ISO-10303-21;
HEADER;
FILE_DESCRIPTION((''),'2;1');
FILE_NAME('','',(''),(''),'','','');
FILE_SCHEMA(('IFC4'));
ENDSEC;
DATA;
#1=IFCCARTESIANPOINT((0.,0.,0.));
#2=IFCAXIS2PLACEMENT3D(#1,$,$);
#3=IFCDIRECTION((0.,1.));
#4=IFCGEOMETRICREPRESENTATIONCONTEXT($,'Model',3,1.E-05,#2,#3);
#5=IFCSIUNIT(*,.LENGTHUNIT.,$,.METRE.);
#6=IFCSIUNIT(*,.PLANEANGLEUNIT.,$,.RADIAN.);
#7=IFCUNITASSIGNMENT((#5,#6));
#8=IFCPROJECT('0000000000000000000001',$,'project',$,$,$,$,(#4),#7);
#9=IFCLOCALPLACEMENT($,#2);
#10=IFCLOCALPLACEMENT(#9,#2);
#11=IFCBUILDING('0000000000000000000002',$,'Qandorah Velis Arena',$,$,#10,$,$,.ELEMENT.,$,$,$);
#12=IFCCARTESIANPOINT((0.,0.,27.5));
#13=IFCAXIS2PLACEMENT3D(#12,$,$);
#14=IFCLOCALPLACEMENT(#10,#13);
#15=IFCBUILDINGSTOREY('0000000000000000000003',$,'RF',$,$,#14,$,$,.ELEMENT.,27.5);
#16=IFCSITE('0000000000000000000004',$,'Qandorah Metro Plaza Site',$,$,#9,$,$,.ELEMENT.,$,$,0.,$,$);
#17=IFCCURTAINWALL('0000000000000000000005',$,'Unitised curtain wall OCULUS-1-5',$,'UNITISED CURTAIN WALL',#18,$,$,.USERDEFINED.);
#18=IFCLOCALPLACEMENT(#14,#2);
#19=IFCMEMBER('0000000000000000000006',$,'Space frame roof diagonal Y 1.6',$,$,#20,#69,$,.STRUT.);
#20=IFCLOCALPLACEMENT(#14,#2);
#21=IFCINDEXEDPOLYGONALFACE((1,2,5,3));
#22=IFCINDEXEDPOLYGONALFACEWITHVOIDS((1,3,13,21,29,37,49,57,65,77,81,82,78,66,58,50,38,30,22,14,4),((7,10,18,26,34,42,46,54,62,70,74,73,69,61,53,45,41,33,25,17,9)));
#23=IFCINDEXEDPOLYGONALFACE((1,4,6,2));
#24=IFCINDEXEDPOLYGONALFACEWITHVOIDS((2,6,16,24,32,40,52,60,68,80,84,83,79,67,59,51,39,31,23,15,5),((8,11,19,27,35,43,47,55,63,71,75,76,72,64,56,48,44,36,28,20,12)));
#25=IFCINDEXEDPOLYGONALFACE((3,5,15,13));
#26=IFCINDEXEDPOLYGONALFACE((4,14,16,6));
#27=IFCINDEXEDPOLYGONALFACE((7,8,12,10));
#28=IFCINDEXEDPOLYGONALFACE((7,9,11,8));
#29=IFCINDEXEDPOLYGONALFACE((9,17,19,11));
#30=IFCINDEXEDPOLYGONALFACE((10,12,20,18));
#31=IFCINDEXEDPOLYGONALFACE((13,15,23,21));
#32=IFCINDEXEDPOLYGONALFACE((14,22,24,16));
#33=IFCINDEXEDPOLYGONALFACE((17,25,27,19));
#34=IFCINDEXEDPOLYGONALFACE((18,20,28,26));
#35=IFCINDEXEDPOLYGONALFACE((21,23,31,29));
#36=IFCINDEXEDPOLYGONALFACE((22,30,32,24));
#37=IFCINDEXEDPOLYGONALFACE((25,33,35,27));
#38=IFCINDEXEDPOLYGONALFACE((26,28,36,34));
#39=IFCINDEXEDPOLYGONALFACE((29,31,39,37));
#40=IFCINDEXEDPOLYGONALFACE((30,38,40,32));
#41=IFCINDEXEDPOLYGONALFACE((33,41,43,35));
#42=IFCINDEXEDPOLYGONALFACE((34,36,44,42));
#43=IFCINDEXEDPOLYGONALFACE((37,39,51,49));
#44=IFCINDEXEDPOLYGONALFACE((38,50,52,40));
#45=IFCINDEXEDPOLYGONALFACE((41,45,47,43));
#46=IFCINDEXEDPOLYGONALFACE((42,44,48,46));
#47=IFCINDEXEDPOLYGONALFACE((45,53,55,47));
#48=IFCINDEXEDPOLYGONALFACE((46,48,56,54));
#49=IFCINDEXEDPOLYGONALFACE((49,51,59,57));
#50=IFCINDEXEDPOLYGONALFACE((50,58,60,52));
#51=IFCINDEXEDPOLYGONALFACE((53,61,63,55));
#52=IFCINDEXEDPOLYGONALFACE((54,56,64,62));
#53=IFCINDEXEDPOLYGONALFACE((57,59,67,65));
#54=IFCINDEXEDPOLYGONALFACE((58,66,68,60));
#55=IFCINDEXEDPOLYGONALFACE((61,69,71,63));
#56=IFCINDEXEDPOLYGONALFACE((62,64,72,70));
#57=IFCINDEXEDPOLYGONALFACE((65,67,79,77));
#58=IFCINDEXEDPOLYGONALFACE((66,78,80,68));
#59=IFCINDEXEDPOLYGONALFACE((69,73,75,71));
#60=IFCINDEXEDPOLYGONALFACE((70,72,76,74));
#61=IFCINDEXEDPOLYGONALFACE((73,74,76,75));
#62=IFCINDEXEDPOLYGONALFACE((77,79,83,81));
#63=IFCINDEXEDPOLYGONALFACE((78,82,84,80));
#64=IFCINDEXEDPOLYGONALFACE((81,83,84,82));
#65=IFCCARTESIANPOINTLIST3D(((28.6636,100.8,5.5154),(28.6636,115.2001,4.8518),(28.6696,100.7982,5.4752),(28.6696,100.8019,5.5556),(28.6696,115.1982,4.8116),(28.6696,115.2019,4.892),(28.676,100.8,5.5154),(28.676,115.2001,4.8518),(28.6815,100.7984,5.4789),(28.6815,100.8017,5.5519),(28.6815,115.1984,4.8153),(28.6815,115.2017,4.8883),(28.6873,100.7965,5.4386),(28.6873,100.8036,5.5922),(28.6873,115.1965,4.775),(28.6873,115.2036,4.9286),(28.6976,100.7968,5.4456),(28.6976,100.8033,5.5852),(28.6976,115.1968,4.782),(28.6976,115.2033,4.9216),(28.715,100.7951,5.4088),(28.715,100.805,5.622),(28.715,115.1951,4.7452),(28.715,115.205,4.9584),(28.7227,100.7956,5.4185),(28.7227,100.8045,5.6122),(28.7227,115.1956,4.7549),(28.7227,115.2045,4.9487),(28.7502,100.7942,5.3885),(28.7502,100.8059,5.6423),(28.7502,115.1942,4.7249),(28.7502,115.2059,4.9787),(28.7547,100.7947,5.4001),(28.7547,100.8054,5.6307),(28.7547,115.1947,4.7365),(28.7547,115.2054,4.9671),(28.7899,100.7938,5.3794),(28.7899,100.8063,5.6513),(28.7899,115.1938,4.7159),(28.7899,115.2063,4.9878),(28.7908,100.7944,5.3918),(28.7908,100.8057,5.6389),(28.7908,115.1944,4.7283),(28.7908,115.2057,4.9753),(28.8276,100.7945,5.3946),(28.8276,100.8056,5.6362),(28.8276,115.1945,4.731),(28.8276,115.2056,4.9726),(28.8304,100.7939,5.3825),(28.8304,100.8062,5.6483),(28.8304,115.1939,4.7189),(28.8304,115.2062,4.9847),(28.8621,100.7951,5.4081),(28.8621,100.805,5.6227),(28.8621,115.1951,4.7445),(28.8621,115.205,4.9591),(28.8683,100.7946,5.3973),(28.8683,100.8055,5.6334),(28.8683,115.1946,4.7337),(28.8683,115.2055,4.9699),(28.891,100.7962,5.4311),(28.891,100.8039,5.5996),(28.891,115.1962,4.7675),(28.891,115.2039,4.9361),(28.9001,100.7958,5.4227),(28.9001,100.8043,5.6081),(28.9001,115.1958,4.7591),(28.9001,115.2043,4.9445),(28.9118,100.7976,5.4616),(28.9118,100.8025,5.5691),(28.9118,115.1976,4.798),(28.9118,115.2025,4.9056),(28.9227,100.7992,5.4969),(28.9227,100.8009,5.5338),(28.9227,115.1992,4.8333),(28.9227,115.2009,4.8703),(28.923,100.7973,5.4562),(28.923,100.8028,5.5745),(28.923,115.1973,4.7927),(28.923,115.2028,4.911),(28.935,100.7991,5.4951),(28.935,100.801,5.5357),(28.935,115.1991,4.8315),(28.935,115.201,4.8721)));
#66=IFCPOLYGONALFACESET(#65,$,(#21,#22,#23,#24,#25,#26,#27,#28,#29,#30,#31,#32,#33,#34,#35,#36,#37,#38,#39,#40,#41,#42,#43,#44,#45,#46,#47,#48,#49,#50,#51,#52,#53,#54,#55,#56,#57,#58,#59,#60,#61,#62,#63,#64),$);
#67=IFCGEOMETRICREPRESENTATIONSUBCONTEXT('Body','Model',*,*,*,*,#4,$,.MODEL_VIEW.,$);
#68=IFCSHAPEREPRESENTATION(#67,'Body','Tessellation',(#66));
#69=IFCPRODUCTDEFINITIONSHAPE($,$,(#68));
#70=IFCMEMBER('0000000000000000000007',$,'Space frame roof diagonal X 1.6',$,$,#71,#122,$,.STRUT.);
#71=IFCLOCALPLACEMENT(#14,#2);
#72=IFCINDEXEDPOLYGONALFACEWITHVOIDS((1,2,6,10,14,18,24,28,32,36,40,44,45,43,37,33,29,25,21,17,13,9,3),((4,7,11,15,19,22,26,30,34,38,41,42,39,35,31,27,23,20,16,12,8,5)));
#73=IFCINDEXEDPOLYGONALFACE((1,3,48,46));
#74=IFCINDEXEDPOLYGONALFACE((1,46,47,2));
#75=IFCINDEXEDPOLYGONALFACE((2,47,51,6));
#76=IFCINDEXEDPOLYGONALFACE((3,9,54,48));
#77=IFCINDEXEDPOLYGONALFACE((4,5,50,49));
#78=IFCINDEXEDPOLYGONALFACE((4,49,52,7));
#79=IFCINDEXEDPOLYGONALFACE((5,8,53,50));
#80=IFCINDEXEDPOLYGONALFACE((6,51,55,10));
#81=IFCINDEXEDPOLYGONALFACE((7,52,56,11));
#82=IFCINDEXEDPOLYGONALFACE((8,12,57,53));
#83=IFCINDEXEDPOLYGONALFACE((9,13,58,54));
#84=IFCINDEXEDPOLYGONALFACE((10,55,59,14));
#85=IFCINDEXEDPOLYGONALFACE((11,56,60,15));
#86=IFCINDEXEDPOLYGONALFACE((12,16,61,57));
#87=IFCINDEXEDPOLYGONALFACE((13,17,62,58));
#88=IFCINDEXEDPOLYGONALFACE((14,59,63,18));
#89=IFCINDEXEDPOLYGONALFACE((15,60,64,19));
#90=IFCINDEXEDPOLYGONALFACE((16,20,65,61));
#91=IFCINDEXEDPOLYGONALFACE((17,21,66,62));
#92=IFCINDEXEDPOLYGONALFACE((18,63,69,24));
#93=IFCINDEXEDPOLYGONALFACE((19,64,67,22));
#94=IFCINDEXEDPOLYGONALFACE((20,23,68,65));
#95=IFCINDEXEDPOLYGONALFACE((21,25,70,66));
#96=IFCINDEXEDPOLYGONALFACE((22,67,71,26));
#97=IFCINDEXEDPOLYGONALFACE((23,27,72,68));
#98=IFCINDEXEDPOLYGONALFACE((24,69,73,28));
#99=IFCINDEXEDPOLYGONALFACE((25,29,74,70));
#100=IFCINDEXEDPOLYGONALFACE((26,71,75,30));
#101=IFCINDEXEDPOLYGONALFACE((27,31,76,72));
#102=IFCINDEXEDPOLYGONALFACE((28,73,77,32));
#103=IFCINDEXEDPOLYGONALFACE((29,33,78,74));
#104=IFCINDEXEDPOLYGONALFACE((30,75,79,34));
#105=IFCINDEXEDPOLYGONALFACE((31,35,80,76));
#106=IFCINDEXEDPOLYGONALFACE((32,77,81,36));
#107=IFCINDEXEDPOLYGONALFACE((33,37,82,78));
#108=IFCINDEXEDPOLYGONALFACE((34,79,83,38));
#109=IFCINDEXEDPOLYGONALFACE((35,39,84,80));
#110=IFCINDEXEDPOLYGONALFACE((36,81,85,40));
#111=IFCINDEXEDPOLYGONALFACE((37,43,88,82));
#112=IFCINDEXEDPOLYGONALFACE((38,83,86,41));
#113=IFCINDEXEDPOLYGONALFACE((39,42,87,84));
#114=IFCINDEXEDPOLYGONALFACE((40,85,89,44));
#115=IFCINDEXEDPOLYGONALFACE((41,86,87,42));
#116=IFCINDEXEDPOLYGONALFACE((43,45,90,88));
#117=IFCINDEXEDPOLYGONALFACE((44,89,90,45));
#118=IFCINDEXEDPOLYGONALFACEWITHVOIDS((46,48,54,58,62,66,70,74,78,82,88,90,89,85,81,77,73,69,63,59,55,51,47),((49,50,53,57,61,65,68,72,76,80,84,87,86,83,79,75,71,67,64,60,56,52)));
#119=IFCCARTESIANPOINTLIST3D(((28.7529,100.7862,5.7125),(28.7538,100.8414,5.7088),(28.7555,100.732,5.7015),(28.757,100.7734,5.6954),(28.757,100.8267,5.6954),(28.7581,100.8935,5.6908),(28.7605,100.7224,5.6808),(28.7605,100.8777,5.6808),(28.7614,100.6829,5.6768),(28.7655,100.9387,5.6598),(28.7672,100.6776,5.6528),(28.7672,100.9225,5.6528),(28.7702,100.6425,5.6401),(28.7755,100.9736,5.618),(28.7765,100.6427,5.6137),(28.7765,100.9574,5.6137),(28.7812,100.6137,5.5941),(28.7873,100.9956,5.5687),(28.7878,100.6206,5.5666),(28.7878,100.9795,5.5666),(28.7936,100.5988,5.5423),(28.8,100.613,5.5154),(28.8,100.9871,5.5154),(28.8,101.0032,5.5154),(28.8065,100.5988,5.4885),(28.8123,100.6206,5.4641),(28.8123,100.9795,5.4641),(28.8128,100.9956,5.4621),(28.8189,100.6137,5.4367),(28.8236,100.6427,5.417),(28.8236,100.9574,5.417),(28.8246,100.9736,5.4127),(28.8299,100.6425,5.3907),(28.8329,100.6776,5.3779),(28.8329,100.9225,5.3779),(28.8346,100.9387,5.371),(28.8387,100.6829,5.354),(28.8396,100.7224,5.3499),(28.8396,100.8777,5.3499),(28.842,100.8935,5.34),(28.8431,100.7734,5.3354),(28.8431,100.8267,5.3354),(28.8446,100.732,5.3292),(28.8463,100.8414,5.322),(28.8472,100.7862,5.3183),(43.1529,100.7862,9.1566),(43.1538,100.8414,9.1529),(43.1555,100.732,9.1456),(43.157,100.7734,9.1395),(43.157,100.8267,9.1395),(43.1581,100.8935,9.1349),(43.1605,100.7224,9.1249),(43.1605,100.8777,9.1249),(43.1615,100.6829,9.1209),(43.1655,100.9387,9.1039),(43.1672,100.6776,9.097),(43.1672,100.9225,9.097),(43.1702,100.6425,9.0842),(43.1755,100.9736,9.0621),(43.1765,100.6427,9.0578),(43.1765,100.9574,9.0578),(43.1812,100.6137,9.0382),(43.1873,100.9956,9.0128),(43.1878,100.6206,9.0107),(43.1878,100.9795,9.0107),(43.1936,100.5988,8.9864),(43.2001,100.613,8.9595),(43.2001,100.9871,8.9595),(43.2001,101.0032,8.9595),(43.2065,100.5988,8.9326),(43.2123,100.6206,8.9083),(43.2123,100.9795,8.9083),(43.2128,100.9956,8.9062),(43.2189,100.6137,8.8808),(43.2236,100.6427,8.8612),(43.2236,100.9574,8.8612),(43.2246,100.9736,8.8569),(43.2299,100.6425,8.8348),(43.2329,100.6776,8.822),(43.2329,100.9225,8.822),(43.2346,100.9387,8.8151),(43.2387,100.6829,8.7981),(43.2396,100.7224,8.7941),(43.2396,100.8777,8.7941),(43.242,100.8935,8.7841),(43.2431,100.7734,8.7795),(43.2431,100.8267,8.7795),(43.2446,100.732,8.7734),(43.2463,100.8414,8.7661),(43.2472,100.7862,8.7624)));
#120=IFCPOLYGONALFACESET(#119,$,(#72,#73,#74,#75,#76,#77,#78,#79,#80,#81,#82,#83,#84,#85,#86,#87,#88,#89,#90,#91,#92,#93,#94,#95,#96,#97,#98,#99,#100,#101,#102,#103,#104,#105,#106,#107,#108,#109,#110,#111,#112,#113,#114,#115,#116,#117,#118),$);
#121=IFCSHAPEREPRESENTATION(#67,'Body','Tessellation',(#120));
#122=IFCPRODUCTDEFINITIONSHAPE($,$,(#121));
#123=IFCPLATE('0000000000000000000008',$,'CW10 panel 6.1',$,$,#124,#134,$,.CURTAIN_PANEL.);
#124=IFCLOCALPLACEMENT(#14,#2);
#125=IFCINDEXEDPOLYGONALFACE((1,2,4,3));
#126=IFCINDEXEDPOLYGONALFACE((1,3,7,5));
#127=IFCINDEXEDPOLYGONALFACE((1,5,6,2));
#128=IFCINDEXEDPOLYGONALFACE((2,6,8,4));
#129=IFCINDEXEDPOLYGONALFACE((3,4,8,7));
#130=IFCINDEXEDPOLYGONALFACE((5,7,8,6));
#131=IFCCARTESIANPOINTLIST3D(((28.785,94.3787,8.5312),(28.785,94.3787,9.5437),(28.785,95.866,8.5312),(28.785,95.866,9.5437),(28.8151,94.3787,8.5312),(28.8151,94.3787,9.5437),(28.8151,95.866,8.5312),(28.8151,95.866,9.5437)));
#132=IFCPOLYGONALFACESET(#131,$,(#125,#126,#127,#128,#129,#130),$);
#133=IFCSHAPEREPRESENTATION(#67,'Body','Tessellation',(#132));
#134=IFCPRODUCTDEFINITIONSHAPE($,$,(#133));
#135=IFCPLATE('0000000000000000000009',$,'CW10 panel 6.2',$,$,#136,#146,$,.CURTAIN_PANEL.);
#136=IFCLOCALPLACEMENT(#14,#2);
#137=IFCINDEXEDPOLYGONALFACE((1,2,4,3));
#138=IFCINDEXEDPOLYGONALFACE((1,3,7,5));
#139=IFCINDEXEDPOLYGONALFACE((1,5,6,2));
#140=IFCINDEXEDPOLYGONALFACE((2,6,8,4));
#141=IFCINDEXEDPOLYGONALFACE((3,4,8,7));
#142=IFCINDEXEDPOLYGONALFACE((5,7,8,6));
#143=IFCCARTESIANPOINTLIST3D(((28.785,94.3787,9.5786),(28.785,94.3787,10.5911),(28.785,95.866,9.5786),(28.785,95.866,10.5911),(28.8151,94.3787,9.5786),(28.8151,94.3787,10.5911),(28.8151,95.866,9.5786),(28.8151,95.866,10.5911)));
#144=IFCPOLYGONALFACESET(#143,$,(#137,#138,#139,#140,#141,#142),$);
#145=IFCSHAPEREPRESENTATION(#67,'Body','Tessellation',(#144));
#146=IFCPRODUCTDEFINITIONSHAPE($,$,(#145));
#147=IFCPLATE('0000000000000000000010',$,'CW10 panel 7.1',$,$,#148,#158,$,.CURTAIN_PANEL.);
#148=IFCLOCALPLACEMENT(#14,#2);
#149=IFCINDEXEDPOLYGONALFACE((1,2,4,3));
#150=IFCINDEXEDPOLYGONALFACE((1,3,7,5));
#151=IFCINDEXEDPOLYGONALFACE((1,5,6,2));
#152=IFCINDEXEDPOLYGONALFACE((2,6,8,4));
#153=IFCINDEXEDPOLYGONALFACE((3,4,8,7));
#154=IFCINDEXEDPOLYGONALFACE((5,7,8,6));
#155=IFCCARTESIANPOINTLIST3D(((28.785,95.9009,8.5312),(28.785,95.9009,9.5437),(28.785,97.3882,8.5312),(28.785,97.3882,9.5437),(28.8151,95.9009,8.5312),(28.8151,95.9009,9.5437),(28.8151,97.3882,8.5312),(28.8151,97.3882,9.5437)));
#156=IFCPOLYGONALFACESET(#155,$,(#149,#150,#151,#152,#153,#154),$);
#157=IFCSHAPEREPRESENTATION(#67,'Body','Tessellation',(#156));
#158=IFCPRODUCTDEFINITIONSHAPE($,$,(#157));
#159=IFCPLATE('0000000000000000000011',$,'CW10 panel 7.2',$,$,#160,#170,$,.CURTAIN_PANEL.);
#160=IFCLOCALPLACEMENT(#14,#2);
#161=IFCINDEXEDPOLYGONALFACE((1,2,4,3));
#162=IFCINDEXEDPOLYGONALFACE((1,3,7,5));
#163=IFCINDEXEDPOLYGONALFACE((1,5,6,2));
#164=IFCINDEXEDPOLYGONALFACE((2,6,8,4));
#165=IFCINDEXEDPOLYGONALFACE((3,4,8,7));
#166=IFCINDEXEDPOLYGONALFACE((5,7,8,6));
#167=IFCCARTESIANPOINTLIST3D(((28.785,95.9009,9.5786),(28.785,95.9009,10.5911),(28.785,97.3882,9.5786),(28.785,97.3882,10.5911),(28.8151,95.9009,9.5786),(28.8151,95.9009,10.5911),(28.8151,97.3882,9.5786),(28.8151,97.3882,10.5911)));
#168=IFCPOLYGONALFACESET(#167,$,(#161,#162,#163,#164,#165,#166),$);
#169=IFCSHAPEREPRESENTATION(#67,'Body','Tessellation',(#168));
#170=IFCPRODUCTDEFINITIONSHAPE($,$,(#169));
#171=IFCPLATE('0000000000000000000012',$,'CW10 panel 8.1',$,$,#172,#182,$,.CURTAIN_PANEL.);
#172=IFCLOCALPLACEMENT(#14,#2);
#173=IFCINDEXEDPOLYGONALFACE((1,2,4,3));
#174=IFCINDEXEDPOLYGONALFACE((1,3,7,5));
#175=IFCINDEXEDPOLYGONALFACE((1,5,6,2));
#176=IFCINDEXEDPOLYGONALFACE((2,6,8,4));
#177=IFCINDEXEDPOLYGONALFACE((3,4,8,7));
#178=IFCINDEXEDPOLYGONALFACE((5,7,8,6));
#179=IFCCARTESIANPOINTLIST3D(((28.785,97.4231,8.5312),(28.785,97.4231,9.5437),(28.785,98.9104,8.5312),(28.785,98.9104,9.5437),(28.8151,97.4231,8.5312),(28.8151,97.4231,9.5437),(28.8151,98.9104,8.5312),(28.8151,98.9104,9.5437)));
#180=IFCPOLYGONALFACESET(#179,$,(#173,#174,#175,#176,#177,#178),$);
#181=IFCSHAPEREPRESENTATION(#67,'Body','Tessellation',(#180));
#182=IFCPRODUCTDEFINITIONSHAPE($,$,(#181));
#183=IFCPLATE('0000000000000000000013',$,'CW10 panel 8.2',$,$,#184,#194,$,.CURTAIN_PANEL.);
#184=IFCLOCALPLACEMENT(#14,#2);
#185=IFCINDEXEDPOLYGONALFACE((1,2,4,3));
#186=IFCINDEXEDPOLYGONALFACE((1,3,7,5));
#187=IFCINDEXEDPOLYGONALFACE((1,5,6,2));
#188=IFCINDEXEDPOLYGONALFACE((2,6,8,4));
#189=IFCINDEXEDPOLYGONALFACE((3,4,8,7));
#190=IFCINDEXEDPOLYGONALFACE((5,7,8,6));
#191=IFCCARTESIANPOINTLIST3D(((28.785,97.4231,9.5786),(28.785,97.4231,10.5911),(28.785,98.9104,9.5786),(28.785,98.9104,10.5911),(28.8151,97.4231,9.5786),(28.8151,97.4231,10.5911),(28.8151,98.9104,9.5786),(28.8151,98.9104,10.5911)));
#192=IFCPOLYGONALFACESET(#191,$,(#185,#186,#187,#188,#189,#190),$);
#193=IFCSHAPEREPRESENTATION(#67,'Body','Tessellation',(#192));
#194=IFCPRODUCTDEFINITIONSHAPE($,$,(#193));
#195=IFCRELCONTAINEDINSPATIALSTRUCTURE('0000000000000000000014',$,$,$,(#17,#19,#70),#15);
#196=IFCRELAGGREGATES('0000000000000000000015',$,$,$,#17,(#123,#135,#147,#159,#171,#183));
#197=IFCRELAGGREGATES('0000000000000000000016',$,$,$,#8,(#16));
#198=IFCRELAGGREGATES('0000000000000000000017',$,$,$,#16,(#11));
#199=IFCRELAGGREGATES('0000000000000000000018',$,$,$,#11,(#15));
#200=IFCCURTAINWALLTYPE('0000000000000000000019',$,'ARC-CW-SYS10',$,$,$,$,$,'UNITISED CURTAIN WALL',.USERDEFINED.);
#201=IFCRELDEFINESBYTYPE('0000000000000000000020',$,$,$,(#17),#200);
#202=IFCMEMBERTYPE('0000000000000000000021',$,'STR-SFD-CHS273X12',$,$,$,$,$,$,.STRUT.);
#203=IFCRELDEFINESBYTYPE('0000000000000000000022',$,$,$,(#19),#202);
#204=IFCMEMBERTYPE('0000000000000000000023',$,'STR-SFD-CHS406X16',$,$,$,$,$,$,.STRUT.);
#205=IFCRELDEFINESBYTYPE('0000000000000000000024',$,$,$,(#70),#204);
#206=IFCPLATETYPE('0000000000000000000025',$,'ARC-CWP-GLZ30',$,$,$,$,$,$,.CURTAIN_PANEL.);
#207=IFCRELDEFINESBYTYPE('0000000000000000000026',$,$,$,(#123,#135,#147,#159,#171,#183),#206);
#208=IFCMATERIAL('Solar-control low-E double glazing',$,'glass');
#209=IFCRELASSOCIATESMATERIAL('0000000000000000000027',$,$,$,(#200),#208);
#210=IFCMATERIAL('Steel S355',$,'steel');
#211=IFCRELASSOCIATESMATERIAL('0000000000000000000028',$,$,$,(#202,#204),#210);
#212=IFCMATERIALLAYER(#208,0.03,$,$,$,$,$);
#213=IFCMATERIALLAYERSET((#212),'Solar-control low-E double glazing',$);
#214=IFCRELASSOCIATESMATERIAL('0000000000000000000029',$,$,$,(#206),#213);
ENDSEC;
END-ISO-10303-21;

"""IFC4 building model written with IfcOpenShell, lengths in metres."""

from ifc_helpers import new_model, si_unit, direction, frame, origin, origin_2d, place, context, subcontext, project, spatial, rectangle, hollow_circle, extrude, material, layer, layer_set, material_profile, profile_set, type_object, element, aggregate, save


model = new_model("IFC4")

# Units and contexts
model_context = context("Model", 3, precision=1e-05, world=origin(), true_north=direction((0.0, 1.0)))
body_context = subcontext(model_context, "Body", "Model", "MODEL_VIEW")
ifc_project = project(units=[si_unit("LENGTHUNIT", "METRE"), si_unit("PLANEANGLEUNIT", "RADIAN")], contexts=[model_context])

# Site, building, storey
site_placement = place(None, origin())
site = spatial("IfcSite", under=ifc_project, at=site_placement, Name="Qandorah Metro Plaza Site", CompositionType="ELEMENT", RefElevation=0.0)
building_placement = place(site_placement, origin())
building = spatial("IfcBuilding", under=site, at=building_placement, Name="Qandorah Velis Arena", CompositionType="ELEMENT")
storey_placement = place(building_placement, frame((0.0, 0.0, 27.5)))
storey = spatial("IfcBuildingStorey", under=building, at=storey_placement, Name="RF", CompositionType="ELEMENT", Elevation=27.5)

# Curtain wall
ifc_material_1 = material(Name="Solar-control low-E double glazing", Category="glass")
curtain_wall_type_1 = type_object("IfcCurtainWallType", Name="ARC-CW-SYS10", ElementType="UNITISED CURTAIN WALL", PredefinedType="USERDEFINED", material=ifc_material_1)
curtain_wall_1_placement = place(storey_placement, origin())
curtain_wall_1 = element("IfcCurtainWall", 1, at=curtain_wall_1_placement, inside=storey, type_object=curtain_wall_type_1, Name="Unitised curtain wall OCULUS-1-5", ObjectType="UNITISED CURTAIN WALL", PredefinedType="USERDEFINED")

# Shared definitions
ifc_material_2 = material(Name="Steel S355", Category="steel")

# Members
ifc_material_profile_1 = material_profile(ifc_material_2, hollow_circle(Radius=0.1365, WallThickness=0.0125, at=origin_2d()), Name="CHS 273x12.5")
ifc_profile_set_1 = profile_set([ifc_material_profile_1], Name="Steel S355")
member_type_1 = type_object("IfcMemberType", Name="STR-SFD-CHS273X12", PredefinedType="STRUT", material=ifc_profile_set_1)
member_1_placement = place(storey_placement, frame((28.8, 100.8, 5.5154), z_axis=(0.0, 0.99894, -0.046033), x_axis=(-1.0, 0.0, 0.0)))
element("IfcMember", 2, at=member_1_placement, inside=storey, type_object=member_type_1, Name="Space frame roof diagonal Y 1.6", PredefinedType="STRUT", context=body_context, shape_type="SweptSolid", body=[
    extrude(hollow_circle(Radius=0.1365, WallThickness=0.0125, at=origin_2d()), origin(), (0.0, 0.0, 1.0), 14.4153),
])
ifc_material_profile_2 = material_profile(ifc_material_2, hollow_circle(Radius=0.2031, WallThickness=0.0161, at=origin_2d()), Name="CHS 406.4x16")
ifc_profile_set_2 = profile_set([ifc_material_profile_2], Name="Steel S355")
member_type_2 = type_object("IfcMemberType", Name="STR-SFD-CHS406X16", PredefinedType="STRUT", material=ifc_profile_set_2)
member_2_placement = place(storey_placement, frame((28.8, 100.8, 5.5154), z_axis=(0.972569, 0.0, 0.232614), x_axis=(0.0, 1.0, 0.0)))
element("IfcMember", 3, at=member_2_placement, inside=storey, type_object=member_type_2, Name="Space frame roof diagonal X 1.6", PredefinedType="STRUT", context=body_context, shape_type="SweptSolid", body=[
    extrude(hollow_circle(Radius=0.2031, WallThickness=0.0161, at=origin_2d()), origin(), (0.0, 0.0, 1.0), 14.8062),
])

# Plates
ifc_layer = layer(ifc_material_1, 0.03)
ifc_layer_set = layer_set([ifc_layer], Name="Solar-control low-E double glazing")
plate_type = type_object("IfcPlateType", Name="ARC-CWP-GLZ30", PredefinedType="CURTAIN_PANEL", material=ifc_layer_set)
plate_1_placement = place(storey_placement, frame((28.8, 95.1223, 8.5312), z_axis=(0.0, 0.0, 1.0), x_axis=(0.0, 1.0, 0.0)))
plate_1 = element("IfcPlate", 4, at=plate_1_placement, type_object=plate_type, Name="CW10 panel 6.1", PredefinedType="CURTAIN_PANEL", context=body_context, shape_type="SweptSolid", body=[
    extrude(rectangle(XDim=1.4873, YDim=0.03, at=origin_2d()), origin(), (0.0, 0.0, 1.0), 1.0125),
])
plate_2_placement = place(storey_placement, frame((28.8, 95.1223, 9.5786), z_axis=(0.0, 0.0, 1.0), x_axis=(0.0, 1.0, 0.0)))
plate_2 = element("IfcPlate", 5, at=plate_2_placement, type_object=plate_type, Name="CW10 panel 6.2", PredefinedType="CURTAIN_PANEL", context=body_context, shape_type="SweptSolid", body=[
    extrude(rectangle(XDim=1.4873, YDim=0.03, at=origin_2d()), origin(), (0.0, 0.0, 1.0), 1.0125),
])
plate_3_placement = place(storey_placement, frame((28.8, 96.6445, 8.5312), z_axis=(0.0, 0.0, 1.0), x_axis=(0.0, 1.0, 0.0)))
plate_3 = element("IfcPlate", 6, at=plate_3_placement, type_object=plate_type, Name="CW10 panel 7.1", PredefinedType="CURTAIN_PANEL", context=body_context, shape_type="SweptSolid", body=[
    extrude(rectangle(XDim=1.4873, YDim=0.03, at=origin_2d()), origin(), (0.0, 0.0, 1.0), 1.0125),
])
plate_4_placement = place(storey_placement, frame((28.8, 96.6445, 9.5786), z_axis=(0.0, 0.0, 1.0), x_axis=(0.0, 1.0, 0.0)))
plate_4 = element("IfcPlate", 7, at=plate_4_placement, type_object=plate_type, Name="CW10 panel 7.2", PredefinedType="CURTAIN_PANEL", context=body_context, shape_type="SweptSolid", body=[
    extrude(rectangle(XDim=1.4873, YDim=0.03, at=origin_2d()), origin(), (0.0, 0.0, 1.0), 1.0125),
])
plate_5_placement = place(storey_placement, frame((28.8, 98.1667, 8.5312), z_axis=(0.0, 0.0, 1.0), x_axis=(0.0, 1.0, 0.0)))
plate_5 = element("IfcPlate", 8, at=plate_5_placement, type_object=plate_type, Name="CW10 panel 8.1", PredefinedType="CURTAIN_PANEL", context=body_context, shape_type="SweptSolid", body=[
    extrude(rectangle(XDim=1.4873, YDim=0.03, at=origin_2d()), origin(), (0.0, 0.0, 1.0), 1.0125),
])
plate_6_placement = place(storey_placement, frame((28.8, 98.1667, 9.5786), z_axis=(0.0, 0.0, 1.0), x_axis=(0.0, 1.0, 0.0)))
plate_6 = element("IfcPlate", 9, at=plate_6_placement, type_object=plate_type, Name="CW10 panel 8.2", PredefinedType="CURTAIN_PANEL", context=body_context, shape_type="SweptSolid", body=[
    extrude(rectangle(XDim=1.4873, YDim=0.03, at=origin_2d()), origin(), (0.0, 0.0, 1.0), 1.0125),
])
aggregate(curtain_wall_1, [plate_1, plate_2, plate_3, plate_4, plate_5, plate_6])

save(model, "model.ifc")
